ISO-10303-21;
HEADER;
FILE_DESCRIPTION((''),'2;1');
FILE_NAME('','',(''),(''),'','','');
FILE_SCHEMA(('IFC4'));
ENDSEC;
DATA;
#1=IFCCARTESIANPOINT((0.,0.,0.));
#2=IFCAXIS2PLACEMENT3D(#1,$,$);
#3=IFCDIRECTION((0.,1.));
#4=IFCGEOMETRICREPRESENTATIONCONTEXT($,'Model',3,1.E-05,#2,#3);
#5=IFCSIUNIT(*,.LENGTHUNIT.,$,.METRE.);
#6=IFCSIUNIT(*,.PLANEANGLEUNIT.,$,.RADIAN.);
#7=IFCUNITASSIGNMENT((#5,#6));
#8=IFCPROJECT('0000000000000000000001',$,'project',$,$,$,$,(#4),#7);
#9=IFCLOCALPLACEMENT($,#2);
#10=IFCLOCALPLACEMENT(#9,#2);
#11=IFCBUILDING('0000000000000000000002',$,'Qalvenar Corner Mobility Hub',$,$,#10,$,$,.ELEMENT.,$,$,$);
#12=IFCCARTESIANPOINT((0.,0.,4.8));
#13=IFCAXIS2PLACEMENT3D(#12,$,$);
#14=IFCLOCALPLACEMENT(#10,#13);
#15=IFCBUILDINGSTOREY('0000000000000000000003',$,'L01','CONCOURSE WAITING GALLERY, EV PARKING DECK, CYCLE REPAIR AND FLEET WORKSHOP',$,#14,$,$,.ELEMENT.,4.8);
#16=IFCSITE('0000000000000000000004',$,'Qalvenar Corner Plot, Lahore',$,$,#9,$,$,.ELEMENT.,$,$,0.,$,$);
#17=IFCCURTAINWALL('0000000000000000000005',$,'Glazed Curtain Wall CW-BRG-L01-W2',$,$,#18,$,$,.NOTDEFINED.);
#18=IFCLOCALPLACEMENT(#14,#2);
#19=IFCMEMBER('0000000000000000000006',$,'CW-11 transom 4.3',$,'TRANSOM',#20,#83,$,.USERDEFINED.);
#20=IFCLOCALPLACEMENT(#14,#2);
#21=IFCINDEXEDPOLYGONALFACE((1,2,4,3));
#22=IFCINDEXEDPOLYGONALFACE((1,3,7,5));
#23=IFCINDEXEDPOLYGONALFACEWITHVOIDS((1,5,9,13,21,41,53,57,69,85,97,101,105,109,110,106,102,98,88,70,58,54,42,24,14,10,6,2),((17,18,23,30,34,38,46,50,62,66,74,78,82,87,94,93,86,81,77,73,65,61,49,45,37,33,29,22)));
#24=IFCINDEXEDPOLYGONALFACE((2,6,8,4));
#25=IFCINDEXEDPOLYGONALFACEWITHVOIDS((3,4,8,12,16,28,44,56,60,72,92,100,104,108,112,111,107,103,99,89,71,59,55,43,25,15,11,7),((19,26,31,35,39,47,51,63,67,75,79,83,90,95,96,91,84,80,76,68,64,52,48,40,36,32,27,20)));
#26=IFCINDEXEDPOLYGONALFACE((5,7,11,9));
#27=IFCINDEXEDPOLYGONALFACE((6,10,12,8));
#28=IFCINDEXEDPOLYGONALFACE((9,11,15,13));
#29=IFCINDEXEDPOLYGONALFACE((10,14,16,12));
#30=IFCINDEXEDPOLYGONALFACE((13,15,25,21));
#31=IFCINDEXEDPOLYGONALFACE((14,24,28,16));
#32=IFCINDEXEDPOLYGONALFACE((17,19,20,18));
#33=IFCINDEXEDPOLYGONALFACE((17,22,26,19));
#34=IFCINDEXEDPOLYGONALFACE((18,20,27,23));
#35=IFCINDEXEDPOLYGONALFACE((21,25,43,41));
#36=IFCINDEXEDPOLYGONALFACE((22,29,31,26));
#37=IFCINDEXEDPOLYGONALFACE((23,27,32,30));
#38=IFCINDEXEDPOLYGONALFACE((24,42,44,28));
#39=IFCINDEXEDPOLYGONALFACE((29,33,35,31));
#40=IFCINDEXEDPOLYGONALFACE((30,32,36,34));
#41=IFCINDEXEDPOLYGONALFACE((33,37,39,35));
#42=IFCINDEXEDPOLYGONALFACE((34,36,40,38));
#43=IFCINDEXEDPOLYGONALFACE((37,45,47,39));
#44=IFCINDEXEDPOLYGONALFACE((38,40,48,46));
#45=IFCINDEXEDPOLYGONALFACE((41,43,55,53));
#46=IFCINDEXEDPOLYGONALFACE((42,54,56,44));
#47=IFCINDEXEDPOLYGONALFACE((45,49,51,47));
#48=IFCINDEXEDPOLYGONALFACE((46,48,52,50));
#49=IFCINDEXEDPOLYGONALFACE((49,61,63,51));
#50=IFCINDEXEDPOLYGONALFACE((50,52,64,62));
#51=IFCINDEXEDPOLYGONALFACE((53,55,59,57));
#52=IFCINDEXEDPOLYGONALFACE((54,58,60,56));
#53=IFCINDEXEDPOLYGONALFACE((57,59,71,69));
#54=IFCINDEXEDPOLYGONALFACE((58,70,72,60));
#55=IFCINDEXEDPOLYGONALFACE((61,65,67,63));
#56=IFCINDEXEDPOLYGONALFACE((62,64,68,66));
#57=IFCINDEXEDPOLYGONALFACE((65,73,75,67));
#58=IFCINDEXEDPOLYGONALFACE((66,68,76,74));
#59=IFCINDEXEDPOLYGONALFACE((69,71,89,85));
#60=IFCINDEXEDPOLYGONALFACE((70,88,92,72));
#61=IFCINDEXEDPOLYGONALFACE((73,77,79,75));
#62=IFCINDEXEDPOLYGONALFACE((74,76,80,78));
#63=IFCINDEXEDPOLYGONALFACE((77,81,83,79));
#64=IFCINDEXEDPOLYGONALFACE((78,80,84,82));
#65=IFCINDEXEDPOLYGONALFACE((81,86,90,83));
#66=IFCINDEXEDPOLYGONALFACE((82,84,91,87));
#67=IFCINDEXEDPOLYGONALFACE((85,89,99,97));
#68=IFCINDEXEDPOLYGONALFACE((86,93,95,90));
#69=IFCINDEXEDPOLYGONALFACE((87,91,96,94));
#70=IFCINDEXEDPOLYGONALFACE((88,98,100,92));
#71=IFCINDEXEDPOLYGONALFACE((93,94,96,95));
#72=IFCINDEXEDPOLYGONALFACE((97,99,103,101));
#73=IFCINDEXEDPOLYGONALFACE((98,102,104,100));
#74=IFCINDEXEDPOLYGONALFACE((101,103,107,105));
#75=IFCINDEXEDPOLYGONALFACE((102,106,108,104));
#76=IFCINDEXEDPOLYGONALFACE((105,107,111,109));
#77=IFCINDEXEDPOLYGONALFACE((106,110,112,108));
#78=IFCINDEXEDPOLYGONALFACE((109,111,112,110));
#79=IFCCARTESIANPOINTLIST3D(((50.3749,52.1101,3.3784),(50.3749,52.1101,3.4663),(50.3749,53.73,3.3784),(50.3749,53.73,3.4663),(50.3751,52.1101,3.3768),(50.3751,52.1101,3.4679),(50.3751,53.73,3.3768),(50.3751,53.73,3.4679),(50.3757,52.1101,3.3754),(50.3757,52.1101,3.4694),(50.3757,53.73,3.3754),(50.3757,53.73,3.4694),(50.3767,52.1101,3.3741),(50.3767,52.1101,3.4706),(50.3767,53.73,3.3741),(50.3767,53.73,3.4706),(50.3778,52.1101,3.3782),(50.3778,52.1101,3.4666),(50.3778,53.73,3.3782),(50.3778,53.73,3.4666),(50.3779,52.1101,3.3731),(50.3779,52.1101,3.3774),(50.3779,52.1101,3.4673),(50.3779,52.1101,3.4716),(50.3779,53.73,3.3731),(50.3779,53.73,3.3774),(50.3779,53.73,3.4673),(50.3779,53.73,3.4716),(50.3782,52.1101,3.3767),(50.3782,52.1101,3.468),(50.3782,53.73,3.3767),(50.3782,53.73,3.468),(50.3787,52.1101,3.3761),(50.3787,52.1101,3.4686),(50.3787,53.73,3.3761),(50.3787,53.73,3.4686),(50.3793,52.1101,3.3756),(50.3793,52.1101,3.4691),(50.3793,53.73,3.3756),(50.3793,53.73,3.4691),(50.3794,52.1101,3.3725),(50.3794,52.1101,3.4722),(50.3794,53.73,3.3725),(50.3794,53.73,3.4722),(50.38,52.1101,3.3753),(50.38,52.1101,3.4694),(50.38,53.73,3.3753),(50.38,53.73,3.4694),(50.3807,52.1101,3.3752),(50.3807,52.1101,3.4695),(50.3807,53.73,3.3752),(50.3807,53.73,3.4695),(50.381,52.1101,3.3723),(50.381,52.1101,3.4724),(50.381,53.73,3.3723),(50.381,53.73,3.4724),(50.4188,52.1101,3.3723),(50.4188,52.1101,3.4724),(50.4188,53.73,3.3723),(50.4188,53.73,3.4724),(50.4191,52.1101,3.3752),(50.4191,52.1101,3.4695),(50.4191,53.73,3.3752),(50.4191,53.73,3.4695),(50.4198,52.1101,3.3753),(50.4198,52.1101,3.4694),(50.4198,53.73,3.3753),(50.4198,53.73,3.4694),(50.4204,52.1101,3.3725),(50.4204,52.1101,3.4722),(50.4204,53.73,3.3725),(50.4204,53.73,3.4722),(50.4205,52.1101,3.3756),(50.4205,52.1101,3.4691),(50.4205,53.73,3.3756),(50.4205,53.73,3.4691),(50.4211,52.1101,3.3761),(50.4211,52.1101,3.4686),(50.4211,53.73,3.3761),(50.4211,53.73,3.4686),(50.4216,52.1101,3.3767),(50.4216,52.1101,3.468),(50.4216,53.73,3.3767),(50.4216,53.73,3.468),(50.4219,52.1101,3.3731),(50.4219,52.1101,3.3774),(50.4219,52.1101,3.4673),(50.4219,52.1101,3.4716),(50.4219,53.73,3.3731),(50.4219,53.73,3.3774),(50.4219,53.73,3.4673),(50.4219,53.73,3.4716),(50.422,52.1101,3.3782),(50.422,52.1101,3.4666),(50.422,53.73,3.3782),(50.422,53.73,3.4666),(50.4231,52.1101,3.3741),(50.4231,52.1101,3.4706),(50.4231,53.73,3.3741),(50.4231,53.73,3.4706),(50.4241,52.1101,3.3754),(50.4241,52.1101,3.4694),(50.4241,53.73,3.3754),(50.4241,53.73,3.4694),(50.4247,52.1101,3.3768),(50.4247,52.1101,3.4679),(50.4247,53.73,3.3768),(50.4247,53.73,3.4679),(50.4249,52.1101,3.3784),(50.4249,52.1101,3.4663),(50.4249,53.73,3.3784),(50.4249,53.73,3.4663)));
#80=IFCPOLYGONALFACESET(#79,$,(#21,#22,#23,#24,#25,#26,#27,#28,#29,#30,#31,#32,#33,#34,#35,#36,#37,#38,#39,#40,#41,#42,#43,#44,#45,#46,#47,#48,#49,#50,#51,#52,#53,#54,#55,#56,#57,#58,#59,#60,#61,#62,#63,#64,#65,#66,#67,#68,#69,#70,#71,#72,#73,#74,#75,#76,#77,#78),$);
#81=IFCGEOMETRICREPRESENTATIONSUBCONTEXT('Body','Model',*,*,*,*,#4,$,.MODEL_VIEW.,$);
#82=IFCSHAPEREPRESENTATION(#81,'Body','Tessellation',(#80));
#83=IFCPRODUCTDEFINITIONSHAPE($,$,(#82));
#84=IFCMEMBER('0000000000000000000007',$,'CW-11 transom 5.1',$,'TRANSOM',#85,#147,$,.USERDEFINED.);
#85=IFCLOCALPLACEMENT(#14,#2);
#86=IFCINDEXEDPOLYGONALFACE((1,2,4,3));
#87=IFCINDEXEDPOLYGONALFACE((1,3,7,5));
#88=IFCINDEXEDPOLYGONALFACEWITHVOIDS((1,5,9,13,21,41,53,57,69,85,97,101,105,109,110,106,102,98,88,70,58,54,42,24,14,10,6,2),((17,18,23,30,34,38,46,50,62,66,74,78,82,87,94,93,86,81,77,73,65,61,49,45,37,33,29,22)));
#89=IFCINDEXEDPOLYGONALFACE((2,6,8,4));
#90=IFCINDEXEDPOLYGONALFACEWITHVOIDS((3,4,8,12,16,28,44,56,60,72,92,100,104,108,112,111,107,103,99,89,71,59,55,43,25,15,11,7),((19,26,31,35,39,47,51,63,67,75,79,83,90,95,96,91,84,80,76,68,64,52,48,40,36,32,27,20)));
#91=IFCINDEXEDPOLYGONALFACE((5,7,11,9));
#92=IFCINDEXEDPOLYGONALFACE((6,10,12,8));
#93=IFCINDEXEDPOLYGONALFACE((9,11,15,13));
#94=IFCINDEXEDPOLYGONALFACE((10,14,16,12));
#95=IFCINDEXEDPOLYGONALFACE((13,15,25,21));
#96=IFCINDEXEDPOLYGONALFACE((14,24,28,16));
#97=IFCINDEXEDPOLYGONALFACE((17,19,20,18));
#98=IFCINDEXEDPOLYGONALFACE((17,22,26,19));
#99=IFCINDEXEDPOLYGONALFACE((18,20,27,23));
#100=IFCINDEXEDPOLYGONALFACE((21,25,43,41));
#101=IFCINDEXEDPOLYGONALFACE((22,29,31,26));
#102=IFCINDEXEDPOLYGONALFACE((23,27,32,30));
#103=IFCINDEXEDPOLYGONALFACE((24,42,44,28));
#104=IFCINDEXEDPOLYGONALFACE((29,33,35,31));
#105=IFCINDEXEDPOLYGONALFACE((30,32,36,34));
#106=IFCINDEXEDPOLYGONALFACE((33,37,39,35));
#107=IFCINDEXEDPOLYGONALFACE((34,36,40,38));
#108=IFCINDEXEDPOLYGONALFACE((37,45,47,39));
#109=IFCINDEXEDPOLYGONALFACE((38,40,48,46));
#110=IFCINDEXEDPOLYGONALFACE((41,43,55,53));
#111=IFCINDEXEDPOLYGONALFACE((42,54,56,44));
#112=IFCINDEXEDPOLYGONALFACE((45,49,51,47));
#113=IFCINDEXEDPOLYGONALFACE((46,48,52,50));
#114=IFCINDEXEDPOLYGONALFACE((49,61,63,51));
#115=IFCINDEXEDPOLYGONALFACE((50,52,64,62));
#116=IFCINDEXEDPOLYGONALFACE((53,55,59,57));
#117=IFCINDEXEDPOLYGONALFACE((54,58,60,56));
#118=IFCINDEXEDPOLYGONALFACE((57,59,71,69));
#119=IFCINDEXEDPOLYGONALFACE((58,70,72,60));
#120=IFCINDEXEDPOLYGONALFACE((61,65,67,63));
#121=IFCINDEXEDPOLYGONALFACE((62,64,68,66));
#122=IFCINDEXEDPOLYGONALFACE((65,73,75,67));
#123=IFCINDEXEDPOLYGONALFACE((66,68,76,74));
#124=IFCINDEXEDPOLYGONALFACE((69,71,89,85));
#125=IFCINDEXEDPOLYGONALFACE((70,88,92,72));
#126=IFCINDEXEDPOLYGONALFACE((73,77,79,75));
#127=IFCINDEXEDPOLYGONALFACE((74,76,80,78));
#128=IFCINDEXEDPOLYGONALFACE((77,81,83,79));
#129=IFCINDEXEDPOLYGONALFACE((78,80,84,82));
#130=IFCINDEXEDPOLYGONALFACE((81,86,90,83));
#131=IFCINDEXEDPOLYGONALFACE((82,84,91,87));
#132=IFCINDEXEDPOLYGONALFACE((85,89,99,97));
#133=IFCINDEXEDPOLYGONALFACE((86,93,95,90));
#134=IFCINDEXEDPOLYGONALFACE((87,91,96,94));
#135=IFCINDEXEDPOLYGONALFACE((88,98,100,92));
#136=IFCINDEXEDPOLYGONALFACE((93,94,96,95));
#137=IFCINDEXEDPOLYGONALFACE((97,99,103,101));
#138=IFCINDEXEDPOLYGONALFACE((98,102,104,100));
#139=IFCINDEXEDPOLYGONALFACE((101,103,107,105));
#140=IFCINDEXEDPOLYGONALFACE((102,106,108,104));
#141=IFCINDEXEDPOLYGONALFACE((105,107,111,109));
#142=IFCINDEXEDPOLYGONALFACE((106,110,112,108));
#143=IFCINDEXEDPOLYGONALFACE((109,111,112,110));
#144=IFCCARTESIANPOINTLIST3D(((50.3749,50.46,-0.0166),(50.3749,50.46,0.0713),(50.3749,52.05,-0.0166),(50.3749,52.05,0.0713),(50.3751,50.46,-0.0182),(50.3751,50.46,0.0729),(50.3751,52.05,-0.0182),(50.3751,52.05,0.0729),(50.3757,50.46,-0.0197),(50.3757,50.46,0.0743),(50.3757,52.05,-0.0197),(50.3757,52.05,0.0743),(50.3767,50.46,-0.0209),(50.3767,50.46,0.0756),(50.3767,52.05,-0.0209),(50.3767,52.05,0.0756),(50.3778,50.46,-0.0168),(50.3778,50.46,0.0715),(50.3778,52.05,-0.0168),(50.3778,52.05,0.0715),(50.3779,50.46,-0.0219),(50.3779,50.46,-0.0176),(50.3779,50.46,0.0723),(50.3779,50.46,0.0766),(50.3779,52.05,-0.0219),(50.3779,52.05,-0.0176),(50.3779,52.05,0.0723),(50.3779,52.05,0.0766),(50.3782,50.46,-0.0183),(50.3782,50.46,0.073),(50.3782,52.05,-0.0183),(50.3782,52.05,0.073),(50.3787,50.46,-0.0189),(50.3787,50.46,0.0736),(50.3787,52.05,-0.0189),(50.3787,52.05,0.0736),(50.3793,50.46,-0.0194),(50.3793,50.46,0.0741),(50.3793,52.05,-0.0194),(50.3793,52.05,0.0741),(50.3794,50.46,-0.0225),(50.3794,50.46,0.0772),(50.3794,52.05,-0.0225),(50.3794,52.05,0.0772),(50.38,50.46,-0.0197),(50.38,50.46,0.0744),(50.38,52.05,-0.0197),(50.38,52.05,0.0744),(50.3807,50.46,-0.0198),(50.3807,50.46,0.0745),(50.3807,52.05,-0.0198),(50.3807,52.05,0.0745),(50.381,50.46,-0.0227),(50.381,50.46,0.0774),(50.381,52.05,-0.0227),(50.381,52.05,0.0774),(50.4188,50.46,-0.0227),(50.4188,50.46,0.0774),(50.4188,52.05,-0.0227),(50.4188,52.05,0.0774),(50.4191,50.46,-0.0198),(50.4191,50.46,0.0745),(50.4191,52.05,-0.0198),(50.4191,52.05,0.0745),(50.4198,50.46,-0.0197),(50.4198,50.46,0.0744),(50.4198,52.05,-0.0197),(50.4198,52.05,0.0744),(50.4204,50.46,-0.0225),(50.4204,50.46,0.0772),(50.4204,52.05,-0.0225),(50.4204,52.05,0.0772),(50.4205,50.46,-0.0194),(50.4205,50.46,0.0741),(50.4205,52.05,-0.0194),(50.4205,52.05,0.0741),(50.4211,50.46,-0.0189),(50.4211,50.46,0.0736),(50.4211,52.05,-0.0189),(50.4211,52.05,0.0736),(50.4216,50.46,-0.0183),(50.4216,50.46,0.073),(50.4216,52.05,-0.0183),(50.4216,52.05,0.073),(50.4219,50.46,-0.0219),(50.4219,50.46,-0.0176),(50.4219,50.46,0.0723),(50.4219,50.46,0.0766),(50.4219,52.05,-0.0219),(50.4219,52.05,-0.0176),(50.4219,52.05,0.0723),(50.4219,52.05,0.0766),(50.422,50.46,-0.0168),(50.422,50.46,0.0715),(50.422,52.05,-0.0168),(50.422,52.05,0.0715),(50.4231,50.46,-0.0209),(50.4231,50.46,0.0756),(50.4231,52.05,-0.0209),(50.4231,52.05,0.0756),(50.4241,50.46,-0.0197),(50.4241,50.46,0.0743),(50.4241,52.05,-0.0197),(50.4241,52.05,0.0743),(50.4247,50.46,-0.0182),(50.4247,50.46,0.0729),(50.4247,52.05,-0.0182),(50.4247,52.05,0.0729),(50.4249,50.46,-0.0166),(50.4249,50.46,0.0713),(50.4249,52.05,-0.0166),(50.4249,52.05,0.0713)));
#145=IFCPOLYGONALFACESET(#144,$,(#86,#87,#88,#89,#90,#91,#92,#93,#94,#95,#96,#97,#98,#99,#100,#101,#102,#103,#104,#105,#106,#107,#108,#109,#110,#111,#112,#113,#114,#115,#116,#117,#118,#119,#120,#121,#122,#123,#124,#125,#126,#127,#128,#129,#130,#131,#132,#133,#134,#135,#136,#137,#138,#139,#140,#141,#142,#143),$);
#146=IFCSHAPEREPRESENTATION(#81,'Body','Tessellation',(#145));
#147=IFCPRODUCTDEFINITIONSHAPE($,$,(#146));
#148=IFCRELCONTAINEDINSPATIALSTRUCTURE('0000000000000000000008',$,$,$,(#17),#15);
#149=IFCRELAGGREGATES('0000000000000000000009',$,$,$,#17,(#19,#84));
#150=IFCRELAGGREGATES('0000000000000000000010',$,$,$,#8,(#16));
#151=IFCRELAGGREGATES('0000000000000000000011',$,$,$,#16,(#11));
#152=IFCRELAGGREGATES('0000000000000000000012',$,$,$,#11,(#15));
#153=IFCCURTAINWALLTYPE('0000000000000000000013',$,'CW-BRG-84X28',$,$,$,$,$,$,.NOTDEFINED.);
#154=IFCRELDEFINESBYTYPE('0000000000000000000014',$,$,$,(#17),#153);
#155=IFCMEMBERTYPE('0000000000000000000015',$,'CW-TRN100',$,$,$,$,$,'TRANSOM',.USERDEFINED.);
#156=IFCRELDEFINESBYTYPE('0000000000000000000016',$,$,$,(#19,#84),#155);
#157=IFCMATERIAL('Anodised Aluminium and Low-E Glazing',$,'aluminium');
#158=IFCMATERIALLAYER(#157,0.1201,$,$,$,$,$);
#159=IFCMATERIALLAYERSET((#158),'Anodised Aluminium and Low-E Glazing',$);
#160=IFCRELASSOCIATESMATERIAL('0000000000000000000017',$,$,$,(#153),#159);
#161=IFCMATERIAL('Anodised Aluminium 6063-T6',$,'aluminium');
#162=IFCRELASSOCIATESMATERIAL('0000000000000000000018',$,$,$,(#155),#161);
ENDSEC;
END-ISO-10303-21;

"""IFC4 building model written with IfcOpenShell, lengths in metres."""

from ifc_helpers import new_model, si_unit, direction, frame, origin, origin_2d, place, context, subcontext, project, spatial, hollow_rectangle, extrude, material, layer, layer_set, material_profile, profile_set, type_object, element, aggregate, save


model = new_model("IFC4")

# Units and contexts
model_context = context("Model", 3, precision=1e-05, world=origin(), true_north=direction((0.0, 1.0)))
body_context = subcontext(model_context, "Body", "Model", "MODEL_VIEW")
ifc_project = project(units=[si_unit("LENGTHUNIT", "METRE"), si_unit("PLANEANGLEUNIT", "RADIAN")], contexts=[model_context])

# Site, building, storey
site_placement = place(None, origin())
site = spatial("IfcSite", under=ifc_project, at=site_placement, Name="Qalvenar Corner Plot, Lahore", CompositionType="ELEMENT", RefElevation=0.0)
building_placement = place(site_placement, origin())
building = spatial("IfcBuilding", under=site, at=building_placement, Name="Qalvenar Corner Mobility Hub", CompositionType="ELEMENT")
storey_placement = place(building_placement, frame((0.0, 0.0, 4.8)))
storey = spatial("IfcBuildingStorey", under=building, at=storey_placement, Name="L01", Description="CONCOURSE WAITING GALLERY, EV PARKING DECK, CYCLE REPAIR AND FLEET WORKSHOP", CompositionType="ELEMENT", Elevation=4.8)

# Curtain wall, members
ifc_material_1 = material(Name="Anodised Aluminium and Low-E Glazing", Category="aluminium")
ifc_layer_1 = layer(ifc_material_1, 0.1201)
ifc_layer_set_1 = layer_set([ifc_layer_1], Name="Anodised Aluminium and Low-E Glazing")
curtain_wall_type = type_object("IfcCurtainWallType", Name="CW-BRG-84X28", PredefinedType="NOTDEFINED", material=ifc_layer_set_1)
curtain_wall_placement = place(storey_placement, origin())
curtain_wall = element("IfcCurtainWall", 1, at=curtain_wall_placement, inside=storey, type_object=curtain_wall_type, Name="Glazed Curtain Wall CW-BRG-L01-W2", PredefinedType="NOTDEFINED")
ifc_material_2 = material(Name="Anodised Aluminium 6063-T6", Category="aluminium")
ifc_material_profile_1 = material_profile(ifc_material_2, hollow_rectangle(XDim=0.05, YDim=0.1001, WallThickness=0.0029, InnerFilletRadius=0.0029, OuterFilletRadius=0.0061, at=origin_2d()), Name="RHS100x50x3")
ifc_profile_set_1 = profile_set([ifc_material_profile_1], Name="Anodised Aluminium 6063-T6")
member_type_1 = type_object("IfcMemberType", Name="CW-TRN100", ElementType="TRANSOM", PredefinedType="USERDEFINED", material=ifc_profile_set_1)
member_1_placement = place(storey_placement, frame((50.3999, 53.73, 3.4224), z_axis=(0.0, -1.0, 0.0), x_axis=(1.0, 0.0, 0.0)))
member_1 = element("IfcMember", 2, at=member_1_placement, type_object=member_type_1, Name="CW-11 transom 4.3", ObjectType="TRANSOM", PredefinedType="USERDEFINED", context=body_context, shape_type="SweptSolid", body=[
    extrude(hollow_rectangle(XDim=0.05, YDim=0.1001, WallThickness=0.0029, InnerFilletRadius=0.0029, OuterFilletRadius=0.0061, at=origin_2d()), origin(), (0.0, 0.0, 1.0), 1.6199),
])
member_2_placement = place(storey_placement, frame((50.3999, 52.05, 0.0273), z_axis=(0.0, -1.0, 0.0), x_axis=(1.0, 0.0, 0.0)))
member_2 = element("IfcMember", 3, at=member_2_placement, type_object=member_type_1, Name="CW-11 transom 5.1", ObjectType="TRANSOM", PredefinedType="USERDEFINED", context=body_context, shape_type="SweptSolid", body=[
    extrude(hollow_rectangle(XDim=0.05, YDim=0.1001, WallThickness=0.0029, InnerFilletRadius=0.0029, OuterFilletRadius=0.0061, at=origin_2d()), origin(), (0.0, 0.0, 1.0), 1.5901),
])
aggregate(curtain_wall, [member_1, member_2])

save(model, "model.ifc")
